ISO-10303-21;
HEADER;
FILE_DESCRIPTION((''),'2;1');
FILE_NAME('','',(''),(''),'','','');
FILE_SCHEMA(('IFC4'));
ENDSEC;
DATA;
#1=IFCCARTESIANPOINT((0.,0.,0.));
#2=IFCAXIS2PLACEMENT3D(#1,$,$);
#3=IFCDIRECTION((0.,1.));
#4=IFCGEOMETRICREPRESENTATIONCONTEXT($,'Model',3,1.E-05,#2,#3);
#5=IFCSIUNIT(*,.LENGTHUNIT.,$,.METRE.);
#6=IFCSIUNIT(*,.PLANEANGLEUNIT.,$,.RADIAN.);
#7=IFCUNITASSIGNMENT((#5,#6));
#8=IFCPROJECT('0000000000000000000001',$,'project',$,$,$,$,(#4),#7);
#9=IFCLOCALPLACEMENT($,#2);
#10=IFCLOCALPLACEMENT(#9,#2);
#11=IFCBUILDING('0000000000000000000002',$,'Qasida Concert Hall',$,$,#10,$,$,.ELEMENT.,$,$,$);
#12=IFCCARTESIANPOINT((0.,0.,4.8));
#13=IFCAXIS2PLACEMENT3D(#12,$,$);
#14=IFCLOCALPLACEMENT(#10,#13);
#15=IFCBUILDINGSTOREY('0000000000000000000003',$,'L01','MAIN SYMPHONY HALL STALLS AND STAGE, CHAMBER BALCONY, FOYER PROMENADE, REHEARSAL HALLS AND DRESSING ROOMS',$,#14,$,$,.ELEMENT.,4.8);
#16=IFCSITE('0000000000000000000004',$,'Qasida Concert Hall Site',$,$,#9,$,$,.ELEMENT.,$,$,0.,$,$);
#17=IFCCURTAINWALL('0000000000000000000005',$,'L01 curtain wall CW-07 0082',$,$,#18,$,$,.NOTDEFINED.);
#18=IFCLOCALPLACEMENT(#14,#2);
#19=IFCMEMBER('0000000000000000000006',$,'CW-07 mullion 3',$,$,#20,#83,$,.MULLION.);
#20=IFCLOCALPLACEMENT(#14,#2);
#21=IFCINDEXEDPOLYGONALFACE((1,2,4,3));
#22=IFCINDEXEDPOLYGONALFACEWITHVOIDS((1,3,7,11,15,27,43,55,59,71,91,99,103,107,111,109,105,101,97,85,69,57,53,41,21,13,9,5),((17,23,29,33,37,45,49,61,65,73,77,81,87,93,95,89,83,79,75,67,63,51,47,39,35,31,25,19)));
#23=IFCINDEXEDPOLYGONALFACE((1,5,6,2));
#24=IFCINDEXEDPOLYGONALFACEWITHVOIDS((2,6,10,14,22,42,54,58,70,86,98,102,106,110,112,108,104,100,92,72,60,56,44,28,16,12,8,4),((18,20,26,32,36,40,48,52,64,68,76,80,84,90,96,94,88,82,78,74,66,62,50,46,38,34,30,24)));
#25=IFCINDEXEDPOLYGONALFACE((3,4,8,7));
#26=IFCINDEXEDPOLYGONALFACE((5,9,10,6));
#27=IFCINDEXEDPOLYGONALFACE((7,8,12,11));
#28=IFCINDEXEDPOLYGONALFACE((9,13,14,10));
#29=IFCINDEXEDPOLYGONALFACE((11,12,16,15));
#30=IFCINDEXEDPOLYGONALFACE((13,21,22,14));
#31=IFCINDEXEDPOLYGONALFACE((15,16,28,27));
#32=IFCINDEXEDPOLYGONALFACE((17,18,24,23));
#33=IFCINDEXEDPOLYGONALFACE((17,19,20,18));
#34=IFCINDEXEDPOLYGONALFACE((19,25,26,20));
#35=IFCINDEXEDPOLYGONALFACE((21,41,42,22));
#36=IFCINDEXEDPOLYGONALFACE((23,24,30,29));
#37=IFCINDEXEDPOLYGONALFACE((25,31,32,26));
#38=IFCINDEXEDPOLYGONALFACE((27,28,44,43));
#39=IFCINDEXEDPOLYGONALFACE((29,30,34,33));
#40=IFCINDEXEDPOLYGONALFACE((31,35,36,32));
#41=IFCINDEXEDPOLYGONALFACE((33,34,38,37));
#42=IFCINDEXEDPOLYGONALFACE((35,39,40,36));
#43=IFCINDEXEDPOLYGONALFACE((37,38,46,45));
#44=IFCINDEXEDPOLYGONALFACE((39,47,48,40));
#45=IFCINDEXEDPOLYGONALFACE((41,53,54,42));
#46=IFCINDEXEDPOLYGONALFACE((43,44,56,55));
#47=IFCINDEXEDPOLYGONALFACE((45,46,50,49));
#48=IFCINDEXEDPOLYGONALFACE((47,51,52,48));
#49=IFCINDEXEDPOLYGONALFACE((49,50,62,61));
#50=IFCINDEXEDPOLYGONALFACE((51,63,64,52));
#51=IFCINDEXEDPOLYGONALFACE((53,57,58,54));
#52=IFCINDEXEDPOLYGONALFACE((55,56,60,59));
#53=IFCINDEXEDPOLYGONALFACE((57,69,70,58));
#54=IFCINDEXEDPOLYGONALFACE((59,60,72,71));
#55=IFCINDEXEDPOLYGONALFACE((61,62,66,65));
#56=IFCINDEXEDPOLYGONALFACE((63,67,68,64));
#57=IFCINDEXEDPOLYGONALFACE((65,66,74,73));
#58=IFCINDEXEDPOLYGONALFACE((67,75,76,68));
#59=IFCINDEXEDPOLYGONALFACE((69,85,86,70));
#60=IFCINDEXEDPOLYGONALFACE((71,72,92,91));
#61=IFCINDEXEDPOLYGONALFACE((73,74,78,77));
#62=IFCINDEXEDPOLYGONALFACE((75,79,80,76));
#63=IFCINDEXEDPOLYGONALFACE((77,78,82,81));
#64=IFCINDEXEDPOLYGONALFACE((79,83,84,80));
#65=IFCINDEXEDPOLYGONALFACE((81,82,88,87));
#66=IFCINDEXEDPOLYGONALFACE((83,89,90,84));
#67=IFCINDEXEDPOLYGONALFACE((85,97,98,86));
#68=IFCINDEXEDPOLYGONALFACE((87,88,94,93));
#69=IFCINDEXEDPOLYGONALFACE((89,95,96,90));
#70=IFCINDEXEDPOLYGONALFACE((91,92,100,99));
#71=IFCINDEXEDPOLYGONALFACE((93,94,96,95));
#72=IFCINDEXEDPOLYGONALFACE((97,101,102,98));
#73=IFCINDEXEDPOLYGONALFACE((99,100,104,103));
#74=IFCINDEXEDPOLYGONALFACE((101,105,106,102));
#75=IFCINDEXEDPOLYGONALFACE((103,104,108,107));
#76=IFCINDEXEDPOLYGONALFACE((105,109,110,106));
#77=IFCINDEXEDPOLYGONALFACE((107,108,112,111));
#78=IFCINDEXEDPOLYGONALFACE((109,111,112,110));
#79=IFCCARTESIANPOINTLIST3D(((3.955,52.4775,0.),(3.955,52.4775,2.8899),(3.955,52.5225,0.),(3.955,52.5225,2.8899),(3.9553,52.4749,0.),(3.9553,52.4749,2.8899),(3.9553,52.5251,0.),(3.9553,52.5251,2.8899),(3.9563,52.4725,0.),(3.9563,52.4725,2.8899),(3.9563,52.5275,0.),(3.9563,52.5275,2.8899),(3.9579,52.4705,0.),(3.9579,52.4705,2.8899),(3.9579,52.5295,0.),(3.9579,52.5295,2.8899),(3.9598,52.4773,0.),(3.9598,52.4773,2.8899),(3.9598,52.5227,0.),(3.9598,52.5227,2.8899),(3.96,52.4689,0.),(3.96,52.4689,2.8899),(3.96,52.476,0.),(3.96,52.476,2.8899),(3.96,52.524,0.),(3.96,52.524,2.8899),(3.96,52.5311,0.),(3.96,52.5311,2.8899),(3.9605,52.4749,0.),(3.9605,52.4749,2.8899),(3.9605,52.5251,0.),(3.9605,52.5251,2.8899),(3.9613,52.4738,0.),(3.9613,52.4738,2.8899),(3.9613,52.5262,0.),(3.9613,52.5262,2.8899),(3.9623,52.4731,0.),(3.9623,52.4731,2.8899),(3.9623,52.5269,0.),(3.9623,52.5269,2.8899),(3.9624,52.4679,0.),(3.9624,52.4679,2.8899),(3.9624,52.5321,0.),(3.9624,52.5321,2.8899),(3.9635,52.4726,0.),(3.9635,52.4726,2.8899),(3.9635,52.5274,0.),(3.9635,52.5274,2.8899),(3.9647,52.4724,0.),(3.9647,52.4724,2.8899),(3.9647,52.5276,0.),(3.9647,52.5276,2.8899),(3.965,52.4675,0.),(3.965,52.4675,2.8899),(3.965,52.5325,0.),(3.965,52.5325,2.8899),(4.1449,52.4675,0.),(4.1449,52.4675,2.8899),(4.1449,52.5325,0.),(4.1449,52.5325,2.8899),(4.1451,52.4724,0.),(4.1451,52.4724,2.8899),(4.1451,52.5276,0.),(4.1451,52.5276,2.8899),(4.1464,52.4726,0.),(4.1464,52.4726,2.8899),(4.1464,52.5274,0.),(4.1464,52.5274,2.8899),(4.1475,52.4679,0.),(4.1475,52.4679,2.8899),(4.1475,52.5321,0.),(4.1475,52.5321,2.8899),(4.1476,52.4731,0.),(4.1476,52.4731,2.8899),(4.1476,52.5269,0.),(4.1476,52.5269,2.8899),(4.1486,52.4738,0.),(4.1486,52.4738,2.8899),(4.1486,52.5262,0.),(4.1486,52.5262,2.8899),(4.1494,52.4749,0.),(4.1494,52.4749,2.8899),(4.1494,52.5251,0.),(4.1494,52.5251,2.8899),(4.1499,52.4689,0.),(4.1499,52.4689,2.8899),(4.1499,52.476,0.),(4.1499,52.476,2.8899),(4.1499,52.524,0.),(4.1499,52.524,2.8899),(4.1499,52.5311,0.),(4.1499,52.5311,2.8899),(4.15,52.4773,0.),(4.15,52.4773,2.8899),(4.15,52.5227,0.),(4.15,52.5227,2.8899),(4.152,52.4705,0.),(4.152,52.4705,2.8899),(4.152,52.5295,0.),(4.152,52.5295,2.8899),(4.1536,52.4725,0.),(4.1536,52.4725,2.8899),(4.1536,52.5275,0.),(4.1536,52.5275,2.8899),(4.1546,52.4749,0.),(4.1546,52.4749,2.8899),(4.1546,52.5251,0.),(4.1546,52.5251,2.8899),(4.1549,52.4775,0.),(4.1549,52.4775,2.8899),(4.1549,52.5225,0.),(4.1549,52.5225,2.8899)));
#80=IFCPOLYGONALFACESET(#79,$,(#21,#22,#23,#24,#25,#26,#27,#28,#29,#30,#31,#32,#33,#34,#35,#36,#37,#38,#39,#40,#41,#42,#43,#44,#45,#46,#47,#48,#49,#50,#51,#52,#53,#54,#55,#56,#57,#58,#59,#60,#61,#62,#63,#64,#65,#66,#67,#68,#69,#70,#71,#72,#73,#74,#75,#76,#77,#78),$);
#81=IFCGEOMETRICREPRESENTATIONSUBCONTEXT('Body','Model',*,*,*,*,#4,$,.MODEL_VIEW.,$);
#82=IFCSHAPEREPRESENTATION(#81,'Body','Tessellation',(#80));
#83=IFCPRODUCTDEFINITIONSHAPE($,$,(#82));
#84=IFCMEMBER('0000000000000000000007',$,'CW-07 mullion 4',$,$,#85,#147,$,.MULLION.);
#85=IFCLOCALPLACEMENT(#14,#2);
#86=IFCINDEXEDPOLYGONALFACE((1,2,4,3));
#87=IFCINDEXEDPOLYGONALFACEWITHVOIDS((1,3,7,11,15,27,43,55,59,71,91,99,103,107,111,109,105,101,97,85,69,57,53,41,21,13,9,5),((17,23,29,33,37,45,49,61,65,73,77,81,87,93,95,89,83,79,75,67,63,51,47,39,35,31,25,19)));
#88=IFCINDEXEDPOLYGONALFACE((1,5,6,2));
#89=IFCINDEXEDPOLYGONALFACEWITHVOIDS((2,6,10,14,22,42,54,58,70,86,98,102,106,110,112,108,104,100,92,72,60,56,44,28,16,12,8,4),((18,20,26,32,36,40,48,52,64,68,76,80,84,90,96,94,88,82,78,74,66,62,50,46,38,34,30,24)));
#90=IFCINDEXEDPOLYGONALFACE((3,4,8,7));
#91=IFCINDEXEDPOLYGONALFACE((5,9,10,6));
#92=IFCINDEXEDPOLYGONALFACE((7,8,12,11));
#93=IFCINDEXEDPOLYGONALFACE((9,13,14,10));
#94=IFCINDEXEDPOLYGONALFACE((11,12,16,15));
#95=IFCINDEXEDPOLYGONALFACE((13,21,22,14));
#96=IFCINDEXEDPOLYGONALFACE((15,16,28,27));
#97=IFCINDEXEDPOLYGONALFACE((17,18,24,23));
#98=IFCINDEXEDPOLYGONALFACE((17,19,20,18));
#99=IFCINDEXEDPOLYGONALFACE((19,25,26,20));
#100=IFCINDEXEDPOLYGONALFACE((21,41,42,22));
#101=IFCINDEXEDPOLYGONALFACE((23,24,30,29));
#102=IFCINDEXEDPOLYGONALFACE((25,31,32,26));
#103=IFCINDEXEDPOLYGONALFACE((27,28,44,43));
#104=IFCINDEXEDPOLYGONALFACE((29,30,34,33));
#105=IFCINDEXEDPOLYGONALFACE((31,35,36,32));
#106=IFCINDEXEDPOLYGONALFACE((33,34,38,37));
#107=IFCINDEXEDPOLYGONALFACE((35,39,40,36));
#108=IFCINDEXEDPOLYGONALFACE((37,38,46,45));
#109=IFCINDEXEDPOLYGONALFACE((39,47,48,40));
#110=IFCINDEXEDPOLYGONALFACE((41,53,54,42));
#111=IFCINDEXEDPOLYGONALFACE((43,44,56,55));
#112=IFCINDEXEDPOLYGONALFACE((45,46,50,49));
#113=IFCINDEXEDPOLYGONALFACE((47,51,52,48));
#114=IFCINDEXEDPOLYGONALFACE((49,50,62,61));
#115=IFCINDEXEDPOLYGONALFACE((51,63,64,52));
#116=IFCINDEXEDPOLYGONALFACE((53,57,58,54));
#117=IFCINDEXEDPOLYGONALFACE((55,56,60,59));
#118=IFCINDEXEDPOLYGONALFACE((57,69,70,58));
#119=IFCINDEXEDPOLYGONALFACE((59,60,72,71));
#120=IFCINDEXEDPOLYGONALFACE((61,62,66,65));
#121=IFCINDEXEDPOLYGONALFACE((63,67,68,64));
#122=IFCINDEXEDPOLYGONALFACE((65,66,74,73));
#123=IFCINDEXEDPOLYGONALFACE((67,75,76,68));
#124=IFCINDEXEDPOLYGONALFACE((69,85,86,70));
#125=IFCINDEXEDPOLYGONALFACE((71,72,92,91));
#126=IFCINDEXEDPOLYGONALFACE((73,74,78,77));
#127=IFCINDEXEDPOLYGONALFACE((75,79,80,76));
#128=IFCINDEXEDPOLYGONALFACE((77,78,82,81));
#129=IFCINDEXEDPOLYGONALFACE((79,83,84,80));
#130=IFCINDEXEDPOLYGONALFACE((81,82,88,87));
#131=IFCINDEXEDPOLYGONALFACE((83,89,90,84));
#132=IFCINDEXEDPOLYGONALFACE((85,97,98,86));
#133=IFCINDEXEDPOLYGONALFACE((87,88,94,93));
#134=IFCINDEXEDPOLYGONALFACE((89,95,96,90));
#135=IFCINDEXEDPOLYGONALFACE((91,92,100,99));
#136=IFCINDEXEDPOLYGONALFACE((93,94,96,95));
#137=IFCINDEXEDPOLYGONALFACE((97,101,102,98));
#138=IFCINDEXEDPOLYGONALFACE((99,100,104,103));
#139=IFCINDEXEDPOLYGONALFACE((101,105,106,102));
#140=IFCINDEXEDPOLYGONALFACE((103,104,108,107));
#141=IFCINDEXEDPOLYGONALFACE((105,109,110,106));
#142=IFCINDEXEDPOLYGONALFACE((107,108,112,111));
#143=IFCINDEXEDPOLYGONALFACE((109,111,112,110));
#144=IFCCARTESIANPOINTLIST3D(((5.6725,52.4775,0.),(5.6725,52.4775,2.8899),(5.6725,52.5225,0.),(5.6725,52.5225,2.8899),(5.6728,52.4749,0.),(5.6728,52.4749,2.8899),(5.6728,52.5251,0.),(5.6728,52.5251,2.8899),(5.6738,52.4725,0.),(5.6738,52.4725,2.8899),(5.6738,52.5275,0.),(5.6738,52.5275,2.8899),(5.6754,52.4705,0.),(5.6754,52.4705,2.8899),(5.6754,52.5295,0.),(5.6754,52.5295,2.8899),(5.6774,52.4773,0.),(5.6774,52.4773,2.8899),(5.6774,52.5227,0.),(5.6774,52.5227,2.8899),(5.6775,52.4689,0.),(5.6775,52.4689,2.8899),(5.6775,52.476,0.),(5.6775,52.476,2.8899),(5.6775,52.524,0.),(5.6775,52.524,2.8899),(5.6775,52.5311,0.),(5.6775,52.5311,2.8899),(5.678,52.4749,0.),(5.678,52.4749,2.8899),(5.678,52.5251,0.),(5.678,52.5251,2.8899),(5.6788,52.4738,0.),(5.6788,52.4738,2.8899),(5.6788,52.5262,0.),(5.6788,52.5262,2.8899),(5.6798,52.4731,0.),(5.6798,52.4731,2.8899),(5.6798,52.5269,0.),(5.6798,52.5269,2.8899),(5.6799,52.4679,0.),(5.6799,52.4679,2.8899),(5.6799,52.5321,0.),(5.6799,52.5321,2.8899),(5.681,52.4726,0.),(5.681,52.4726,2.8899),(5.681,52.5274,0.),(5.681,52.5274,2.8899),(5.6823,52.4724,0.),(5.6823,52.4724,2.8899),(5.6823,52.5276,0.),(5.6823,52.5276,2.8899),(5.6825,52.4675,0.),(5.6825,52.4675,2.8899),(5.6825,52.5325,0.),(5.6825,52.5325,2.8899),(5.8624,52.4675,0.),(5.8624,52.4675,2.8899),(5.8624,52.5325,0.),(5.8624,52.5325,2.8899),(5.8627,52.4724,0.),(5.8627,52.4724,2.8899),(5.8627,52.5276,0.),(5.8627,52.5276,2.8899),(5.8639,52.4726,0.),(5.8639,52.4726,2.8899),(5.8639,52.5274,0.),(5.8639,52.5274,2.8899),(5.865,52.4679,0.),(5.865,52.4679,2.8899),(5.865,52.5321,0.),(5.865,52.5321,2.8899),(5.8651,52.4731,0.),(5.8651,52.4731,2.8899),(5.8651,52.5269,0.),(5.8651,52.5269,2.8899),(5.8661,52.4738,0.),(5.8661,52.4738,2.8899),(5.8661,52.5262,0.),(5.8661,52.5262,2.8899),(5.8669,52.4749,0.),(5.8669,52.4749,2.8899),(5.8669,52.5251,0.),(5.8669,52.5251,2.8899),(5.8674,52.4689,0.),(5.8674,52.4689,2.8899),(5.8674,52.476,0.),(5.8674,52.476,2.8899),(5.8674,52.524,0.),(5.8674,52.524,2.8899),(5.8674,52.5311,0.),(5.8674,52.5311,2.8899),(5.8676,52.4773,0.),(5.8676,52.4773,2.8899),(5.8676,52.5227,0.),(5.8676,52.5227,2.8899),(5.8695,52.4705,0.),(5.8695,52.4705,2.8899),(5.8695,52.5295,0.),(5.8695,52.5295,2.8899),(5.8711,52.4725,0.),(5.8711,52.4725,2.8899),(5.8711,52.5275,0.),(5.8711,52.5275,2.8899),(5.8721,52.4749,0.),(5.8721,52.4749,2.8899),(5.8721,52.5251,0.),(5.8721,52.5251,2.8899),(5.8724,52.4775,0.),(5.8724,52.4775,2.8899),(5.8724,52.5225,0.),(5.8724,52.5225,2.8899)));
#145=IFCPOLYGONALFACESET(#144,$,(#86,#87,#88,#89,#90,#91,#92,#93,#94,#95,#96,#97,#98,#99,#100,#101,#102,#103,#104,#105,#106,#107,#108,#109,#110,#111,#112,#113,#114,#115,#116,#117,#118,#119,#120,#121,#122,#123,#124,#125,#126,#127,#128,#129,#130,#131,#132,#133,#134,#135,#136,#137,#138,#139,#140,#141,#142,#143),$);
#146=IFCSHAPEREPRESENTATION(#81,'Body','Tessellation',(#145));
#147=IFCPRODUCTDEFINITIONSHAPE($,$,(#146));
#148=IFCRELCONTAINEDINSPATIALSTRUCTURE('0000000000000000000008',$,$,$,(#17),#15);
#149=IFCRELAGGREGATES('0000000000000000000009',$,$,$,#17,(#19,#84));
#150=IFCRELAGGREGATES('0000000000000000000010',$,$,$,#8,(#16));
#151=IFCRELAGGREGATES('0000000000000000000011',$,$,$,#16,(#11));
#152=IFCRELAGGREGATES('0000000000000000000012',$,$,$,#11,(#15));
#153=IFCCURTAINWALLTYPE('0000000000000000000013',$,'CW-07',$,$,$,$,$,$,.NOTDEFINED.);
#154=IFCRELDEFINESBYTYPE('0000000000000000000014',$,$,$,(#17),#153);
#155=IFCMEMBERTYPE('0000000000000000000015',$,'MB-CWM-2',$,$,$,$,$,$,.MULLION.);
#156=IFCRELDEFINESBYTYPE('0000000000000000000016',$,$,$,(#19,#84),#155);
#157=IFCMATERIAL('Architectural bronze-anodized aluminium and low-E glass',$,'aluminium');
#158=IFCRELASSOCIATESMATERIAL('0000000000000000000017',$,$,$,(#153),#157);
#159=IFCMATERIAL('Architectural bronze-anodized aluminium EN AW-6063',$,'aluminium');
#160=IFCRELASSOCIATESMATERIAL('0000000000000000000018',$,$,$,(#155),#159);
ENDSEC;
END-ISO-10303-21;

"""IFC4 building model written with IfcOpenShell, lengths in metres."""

from ifc_helpers import new_model, si_unit, direction, frame, origin, origin_2d, place, context, subcontext, project, spatial, hollow_rectangle, extrude, material, material_profile, profile_set, type_object, element, aggregate, save


model = new_model("IFC4")

# Units and contexts
model_context = context("Model", 3, precision=1e-05, world=origin(), true_north=direction((0.0, 1.0)))
body_context = subcontext(model_context, "Body", "Model", "MODEL_VIEW")
ifc_project = project(units=[si_unit("LENGTHUNIT", "METRE"), si_unit("PLANEANGLEUNIT", "RADIAN")], contexts=[model_context])

# Site, building, storey
site_placement = place(None, origin())
site = spatial("IfcSite", under=ifc_project, at=site_placement, Name="Qasida Concert Hall Site", CompositionType="ELEMENT", RefElevation=0.0)
building_placement = place(site_placement, origin())
building = spatial("IfcBuilding", under=site, at=building_placement, Name="Qasida Concert Hall", CompositionType="ELEMENT")
storey_placement = place(building_placement, frame((0.0, 0.0, 4.8)))
storey = spatial("IfcBuildingStorey", under=building, at=storey_placement, Name="L01", Description="MAIN SYMPHONY HALL STALLS AND STAGE, CHAMBER BALCONY, FOYER PROMENADE, REHEARSAL HALLS AND DRESSING ROOMS", CompositionType="ELEMENT", Elevation=4.8)

# Curtain wall, members
ifc_material_1 = material(Name="Architectural bronze-anodized aluminium and low-E glass", Category="aluminium")
curtain_wall_type = type_object("IfcCurtainWallType", Name="CW-07", PredefinedType="NOTDEFINED", material=ifc_material_1)
curtain_wall_placement = place(storey_placement, origin())
curtain_wall = element("IfcCurtainWall", 1, at=curtain_wall_placement, inside=storey, type_object=curtain_wall_type, Name="L01 curtain wall CW-07 0082", PredefinedType="NOTDEFINED")
ifc_material_2 = material(Name="Architectural bronze-anodized aluminium EN AW-6063", Category="aluminium")
ifc_material_profile_1 = material_profile(ifc_material_2, hollow_rectangle(XDim=0.0649, YDim=0.2, WallThickness=0.0049, InnerFilletRadius=0.0049, OuterFilletRadius=0.01, at=origin_2d()), Name="CWM 200x65x5")
ifc_profile_set_1 = profile_set([ifc_material_profile_1], Name="Architectural bronze-anodized aluminium EN AW-6063")
member_type_1 = type_object("IfcMemberType", Name="MB-CWM-2", PredefinedType="MULLION", material=ifc_profile_set_1)
member_1_placement = place(storey_placement, frame((4.0549, 52.5, 0.0), z_axis=(0.0, 0.0, 1.0), x_axis=(0.0, 1.0, 0.0)))
member_1 = element("IfcMember", 2, at=member_1_placement, type_object=member_type_1, Name="CW-07 mullion 3", PredefinedType="MULLION", context=body_context, shape_type="SweptSolid", body=[
    extrude(hollow_rectangle(XDim=0.0649, YDim=0.2, WallThickness=0.0049, InnerFilletRadius=0.0049, OuterFilletRadius=0.01, at=origin_2d()), origin(), (0.0, 0.0, 1.0), 2.8899),
])
member_2_placement = place(storey_placement, frame((5.7725, 52.5, 0.0), z_axis=(0.0, 0.0, 1.0), x_axis=(0.0, 1.0, 0.0)))
member_2 = element("IfcMember", 3, at=member_2_placement, type_object=member_type_1, Name="CW-07 mullion 4", PredefinedType="MULLION", context=body_context, shape_type="SweptSolid", body=[
    extrude(hollow_rectangle(XDim=0.0649, YDim=0.2, WallThickness=0.0049, InnerFilletRadius=0.0049, OuterFilletRadius=0.01, at=origin_2d()), origin(), (0.0, 0.0, 1.0), 2.8899),
])
aggregate(curtain_wall, [member_1, member_2])

save(model, "model.ifc")
